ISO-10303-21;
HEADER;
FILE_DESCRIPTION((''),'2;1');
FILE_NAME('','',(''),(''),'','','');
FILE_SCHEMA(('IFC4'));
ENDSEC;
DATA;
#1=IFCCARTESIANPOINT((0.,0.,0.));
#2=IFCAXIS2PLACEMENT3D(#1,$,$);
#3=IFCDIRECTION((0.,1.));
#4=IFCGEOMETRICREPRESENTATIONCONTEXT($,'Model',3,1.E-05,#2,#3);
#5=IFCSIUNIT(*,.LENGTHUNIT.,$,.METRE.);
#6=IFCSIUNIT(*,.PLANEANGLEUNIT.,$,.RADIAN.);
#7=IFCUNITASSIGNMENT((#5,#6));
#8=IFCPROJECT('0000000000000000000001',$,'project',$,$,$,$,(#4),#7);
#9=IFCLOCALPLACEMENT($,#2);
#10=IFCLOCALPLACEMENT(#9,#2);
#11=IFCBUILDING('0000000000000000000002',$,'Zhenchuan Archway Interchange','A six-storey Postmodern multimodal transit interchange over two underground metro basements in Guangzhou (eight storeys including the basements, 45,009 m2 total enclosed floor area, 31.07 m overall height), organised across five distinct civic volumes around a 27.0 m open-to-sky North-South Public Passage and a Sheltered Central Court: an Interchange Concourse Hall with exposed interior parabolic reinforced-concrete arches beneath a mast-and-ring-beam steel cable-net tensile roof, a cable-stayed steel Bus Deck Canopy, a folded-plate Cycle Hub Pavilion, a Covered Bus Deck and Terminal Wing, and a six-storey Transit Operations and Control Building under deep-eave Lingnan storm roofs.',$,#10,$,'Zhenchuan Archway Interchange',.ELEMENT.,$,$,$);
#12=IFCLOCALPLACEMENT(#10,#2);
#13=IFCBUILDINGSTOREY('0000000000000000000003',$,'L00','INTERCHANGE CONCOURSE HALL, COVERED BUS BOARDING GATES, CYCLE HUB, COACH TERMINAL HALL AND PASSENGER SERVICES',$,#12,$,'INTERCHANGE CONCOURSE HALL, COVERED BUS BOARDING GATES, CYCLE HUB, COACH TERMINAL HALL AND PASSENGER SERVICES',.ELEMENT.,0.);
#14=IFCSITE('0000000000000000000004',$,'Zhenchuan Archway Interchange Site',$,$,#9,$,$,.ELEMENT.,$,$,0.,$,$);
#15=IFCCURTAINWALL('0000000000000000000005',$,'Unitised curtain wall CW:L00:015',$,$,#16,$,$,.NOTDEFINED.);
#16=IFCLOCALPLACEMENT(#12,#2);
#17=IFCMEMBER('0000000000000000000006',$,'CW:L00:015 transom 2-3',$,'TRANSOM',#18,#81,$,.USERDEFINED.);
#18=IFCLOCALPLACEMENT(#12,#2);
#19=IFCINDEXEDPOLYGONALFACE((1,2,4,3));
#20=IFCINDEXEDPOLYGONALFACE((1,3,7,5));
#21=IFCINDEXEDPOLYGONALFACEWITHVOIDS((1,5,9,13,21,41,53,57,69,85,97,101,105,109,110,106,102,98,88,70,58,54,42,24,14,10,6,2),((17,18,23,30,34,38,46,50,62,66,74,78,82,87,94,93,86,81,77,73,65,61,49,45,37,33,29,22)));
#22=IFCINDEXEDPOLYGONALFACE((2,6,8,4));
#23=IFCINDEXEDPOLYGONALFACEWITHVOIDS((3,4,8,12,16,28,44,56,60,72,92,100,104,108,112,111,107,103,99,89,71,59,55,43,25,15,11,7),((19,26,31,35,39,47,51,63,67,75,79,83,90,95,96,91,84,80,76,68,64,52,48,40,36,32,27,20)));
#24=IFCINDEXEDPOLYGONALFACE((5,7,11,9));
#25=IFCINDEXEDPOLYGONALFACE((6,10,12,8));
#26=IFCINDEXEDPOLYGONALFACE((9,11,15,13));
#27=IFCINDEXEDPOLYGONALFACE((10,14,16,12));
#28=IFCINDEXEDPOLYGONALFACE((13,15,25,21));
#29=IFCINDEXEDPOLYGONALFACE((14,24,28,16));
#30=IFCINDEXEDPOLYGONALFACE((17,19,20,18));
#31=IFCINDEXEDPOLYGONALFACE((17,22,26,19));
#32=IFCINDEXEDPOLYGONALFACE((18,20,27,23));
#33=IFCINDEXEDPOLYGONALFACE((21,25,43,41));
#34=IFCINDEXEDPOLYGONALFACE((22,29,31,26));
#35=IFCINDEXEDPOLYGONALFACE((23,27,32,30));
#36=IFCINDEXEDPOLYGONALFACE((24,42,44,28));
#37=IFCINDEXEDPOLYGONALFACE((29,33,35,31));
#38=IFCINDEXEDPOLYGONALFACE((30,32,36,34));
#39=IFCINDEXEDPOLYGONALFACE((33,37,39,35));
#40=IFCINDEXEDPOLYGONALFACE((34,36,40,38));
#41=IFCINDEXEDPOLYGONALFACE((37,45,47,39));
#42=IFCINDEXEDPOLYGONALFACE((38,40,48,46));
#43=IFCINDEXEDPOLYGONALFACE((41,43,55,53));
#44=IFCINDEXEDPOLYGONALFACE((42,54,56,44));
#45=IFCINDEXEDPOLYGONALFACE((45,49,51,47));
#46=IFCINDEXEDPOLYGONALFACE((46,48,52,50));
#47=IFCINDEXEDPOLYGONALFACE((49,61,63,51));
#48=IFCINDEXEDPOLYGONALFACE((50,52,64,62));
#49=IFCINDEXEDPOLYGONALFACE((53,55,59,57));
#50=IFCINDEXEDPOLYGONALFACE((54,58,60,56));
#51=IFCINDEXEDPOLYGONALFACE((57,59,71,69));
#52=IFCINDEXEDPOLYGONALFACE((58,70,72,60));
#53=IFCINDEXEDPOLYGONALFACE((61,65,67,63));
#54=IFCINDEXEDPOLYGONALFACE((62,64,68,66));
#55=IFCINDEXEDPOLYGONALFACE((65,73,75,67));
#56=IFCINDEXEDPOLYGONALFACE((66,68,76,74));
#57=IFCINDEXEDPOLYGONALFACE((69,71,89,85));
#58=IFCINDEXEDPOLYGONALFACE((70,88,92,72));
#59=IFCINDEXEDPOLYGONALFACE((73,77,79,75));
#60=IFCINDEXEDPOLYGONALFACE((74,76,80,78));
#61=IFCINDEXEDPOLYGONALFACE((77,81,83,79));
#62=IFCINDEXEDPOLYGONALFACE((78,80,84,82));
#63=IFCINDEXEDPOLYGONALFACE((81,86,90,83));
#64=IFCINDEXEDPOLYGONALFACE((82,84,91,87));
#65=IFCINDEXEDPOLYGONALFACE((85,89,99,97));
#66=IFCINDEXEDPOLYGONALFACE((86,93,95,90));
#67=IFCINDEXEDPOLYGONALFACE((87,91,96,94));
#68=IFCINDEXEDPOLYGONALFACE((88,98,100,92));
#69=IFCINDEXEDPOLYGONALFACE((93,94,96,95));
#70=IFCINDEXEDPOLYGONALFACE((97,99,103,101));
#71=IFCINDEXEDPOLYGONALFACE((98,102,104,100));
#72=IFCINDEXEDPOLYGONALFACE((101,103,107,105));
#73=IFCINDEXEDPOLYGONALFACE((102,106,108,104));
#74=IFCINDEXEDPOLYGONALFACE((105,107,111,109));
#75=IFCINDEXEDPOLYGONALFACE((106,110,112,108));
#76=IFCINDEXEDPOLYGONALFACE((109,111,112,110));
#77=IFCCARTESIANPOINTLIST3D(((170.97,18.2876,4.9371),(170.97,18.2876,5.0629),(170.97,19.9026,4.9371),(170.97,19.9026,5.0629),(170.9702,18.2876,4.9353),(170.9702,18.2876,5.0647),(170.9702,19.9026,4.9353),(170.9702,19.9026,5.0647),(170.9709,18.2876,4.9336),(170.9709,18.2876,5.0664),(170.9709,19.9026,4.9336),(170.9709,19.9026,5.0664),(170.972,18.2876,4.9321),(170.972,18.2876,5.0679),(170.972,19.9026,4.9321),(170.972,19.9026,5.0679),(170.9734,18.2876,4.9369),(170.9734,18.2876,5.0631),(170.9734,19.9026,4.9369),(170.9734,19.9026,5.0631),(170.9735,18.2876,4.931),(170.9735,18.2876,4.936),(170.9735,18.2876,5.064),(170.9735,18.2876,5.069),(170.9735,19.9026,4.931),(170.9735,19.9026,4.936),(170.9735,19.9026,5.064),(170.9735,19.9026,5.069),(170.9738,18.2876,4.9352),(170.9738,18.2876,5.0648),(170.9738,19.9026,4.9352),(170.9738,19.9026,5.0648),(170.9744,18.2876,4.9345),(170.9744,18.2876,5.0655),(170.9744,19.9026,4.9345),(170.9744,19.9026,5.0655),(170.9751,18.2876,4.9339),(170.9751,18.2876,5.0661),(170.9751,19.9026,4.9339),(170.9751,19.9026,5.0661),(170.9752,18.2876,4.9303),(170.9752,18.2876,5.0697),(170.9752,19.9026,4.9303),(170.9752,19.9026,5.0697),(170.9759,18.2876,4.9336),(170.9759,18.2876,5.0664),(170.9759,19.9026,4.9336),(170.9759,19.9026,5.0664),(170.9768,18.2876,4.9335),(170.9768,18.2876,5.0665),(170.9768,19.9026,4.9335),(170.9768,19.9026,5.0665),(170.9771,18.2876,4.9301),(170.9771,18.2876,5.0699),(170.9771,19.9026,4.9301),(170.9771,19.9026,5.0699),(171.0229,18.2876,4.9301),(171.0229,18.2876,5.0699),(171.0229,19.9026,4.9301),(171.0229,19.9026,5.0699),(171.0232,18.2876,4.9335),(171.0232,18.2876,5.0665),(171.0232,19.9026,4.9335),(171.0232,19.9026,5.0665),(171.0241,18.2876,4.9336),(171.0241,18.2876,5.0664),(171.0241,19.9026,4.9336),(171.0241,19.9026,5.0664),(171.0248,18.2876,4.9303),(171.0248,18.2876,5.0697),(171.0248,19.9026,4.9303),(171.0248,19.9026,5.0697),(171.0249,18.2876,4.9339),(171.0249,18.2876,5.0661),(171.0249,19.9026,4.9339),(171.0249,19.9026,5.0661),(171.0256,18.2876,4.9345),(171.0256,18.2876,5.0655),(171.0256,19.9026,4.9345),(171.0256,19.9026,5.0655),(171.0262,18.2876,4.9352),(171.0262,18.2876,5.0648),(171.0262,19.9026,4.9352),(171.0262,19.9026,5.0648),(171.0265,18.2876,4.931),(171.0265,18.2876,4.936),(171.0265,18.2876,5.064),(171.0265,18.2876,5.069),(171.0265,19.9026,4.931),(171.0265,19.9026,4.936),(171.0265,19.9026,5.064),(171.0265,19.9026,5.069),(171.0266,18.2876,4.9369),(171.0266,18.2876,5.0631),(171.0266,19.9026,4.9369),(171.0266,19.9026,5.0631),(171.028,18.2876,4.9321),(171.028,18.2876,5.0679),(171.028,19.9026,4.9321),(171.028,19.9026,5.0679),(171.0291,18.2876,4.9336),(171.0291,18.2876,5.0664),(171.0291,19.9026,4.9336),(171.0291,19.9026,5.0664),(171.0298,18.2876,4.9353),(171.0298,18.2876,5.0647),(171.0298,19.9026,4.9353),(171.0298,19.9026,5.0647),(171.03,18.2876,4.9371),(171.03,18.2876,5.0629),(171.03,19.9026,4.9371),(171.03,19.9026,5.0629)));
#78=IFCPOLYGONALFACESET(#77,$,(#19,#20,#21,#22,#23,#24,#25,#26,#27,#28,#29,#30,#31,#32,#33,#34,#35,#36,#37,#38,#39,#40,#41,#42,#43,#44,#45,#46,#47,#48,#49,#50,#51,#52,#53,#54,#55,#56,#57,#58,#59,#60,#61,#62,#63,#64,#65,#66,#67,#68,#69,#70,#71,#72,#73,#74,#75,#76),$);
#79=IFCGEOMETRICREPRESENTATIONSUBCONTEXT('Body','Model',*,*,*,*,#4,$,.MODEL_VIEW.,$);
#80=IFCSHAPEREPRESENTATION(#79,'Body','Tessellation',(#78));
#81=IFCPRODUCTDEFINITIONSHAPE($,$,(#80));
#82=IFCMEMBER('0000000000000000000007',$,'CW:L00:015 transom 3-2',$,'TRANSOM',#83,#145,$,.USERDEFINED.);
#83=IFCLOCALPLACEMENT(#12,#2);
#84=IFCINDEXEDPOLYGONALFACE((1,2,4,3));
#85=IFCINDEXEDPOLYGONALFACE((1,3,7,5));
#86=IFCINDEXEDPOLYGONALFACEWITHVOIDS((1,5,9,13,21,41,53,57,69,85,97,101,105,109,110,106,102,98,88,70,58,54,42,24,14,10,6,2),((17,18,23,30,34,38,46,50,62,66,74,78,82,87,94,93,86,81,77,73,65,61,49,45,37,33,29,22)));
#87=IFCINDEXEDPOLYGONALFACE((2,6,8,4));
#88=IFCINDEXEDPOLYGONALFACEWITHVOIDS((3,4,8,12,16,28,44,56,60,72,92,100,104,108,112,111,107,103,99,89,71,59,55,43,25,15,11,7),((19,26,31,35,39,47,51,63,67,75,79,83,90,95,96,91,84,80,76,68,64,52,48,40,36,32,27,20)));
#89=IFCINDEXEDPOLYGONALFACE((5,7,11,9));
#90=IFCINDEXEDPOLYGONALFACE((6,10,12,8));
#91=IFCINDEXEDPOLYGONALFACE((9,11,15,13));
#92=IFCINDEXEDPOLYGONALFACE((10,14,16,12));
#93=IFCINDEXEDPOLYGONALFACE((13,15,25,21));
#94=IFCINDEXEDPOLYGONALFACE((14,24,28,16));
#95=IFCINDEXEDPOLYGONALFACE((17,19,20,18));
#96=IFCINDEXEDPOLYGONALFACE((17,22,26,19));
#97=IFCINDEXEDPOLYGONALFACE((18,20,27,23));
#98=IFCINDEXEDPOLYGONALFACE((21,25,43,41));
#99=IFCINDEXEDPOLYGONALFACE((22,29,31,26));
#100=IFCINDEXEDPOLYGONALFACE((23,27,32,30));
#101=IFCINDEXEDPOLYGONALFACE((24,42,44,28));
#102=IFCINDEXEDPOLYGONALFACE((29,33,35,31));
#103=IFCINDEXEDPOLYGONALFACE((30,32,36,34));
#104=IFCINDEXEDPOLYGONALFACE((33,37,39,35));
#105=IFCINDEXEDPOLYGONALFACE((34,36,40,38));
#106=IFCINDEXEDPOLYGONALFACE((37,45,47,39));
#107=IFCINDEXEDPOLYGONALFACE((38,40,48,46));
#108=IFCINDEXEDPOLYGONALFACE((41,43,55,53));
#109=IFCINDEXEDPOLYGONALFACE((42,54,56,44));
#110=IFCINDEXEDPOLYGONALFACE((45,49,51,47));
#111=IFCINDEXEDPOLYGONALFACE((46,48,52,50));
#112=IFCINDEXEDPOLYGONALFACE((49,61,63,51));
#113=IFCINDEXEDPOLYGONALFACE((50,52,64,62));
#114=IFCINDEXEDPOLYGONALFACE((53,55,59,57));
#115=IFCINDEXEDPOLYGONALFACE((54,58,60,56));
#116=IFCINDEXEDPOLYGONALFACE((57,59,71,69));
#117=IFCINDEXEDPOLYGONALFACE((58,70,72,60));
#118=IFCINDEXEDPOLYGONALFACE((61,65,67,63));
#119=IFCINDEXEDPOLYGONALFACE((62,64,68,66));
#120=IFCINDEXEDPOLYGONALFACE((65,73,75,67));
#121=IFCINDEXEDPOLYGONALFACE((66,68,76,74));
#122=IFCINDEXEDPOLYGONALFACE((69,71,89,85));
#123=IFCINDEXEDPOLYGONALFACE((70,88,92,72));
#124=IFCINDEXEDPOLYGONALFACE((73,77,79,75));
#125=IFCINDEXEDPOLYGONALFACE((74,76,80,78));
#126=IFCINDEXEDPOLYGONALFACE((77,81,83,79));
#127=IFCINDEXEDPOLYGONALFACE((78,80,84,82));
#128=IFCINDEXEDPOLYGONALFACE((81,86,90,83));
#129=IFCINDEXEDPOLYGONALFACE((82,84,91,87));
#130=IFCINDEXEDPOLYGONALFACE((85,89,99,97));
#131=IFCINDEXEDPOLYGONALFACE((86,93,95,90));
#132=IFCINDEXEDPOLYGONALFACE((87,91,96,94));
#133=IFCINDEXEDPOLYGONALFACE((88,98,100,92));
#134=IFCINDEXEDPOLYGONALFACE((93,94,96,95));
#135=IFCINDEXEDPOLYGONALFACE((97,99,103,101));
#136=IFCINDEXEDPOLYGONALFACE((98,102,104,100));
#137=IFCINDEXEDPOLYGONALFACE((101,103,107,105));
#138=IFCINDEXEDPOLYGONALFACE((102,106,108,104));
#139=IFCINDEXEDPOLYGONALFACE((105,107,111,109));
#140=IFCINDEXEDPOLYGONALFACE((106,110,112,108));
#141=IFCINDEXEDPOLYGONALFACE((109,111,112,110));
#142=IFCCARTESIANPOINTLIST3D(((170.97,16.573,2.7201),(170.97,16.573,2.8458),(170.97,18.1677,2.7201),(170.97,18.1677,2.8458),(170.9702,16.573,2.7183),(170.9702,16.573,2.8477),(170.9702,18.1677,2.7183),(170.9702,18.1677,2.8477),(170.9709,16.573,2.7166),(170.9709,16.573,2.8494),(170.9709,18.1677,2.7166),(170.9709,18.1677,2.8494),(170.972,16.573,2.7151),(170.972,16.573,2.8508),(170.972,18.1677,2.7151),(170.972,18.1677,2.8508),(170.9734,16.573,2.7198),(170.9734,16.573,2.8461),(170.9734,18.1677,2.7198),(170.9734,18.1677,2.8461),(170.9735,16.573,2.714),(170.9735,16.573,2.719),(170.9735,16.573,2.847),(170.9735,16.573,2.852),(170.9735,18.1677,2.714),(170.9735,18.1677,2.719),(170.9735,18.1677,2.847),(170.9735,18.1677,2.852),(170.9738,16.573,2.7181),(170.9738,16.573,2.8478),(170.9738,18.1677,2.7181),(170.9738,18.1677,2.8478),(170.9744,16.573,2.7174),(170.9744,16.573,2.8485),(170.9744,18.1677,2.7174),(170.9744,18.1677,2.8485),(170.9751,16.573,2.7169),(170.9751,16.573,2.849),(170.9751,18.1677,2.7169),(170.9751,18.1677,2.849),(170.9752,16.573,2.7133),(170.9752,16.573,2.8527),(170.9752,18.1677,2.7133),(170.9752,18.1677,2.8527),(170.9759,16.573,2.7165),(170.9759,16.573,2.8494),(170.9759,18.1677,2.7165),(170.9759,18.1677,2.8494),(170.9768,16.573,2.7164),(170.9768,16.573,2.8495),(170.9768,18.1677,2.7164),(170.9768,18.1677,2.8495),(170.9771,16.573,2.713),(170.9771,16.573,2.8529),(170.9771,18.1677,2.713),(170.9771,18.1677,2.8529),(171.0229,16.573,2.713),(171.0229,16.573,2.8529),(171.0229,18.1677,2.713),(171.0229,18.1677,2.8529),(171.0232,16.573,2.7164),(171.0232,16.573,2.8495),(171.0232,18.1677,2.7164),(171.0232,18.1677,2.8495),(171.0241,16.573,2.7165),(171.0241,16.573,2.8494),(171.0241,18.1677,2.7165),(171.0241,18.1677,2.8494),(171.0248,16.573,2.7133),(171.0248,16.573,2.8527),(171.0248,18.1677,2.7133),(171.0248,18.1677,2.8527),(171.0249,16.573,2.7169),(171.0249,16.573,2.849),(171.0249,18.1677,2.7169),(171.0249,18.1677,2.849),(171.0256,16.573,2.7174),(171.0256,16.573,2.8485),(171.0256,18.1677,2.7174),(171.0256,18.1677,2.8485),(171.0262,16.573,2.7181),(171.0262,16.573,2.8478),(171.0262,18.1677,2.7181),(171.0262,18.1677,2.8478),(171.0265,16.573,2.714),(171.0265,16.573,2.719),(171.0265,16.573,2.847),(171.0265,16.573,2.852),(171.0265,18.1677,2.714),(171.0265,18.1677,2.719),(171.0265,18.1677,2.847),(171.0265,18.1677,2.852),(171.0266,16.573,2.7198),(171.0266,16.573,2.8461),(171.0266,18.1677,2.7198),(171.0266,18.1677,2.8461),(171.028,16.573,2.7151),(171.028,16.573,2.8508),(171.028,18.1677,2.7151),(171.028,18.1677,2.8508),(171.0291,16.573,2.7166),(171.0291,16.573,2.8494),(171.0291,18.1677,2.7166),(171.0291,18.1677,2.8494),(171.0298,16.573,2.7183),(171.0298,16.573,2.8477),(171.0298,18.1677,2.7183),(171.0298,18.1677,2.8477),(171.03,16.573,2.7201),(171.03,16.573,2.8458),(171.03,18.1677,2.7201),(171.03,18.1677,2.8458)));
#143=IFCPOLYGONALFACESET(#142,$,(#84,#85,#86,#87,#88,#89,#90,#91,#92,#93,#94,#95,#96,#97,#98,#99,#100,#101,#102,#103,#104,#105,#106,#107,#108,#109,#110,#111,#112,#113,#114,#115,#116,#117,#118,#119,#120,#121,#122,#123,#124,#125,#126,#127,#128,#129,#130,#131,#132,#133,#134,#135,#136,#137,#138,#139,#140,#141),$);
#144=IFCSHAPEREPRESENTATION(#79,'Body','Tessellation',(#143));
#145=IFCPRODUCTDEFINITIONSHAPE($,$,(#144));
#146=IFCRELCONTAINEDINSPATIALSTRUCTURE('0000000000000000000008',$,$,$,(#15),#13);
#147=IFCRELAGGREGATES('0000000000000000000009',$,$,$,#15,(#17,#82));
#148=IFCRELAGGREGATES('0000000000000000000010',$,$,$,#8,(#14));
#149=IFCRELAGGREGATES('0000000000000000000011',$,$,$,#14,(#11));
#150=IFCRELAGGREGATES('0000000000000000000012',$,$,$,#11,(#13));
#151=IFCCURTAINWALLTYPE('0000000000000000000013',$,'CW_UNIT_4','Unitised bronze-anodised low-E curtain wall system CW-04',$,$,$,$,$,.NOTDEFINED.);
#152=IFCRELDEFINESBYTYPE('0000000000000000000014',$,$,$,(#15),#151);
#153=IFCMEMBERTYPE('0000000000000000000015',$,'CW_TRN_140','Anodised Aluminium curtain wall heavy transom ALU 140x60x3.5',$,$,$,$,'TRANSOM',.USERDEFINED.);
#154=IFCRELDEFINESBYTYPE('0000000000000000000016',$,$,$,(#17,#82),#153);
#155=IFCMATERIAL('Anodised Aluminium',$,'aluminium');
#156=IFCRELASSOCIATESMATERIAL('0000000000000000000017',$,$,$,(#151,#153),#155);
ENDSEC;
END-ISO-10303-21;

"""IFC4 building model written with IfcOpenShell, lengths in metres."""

from ifc_helpers import new_model, si_unit, direction, frame, origin, origin_2d, place, context, subcontext, project, spatial, hollow_rectangle, extrude, material, material_profile, profile_set, type_object, element, aggregate, save


model = new_model("IFC4")

# Units and contexts
model_context = context("Model", 3, precision=1e-05, world=origin(), true_north=direction((0.0, 1.0)))
body_context = subcontext(model_context, "Body", "Model", "MODEL_VIEW")
ifc_project = project(units=[si_unit("LENGTHUNIT", "METRE"), si_unit("PLANEANGLEUNIT", "RADIAN")], contexts=[model_context])

# Site, building, storey
site_placement = place(None, origin())
site = spatial("IfcSite", under=ifc_project, at=site_placement, Name="Zhenchuan Archway Interchange Site", CompositionType="ELEMENT", RefElevation=0.0)
building_placement = place(site_placement, origin())
building = spatial("IfcBuilding", under=site, at=building_placement, Name="Zhenchuan Archway Interchange", Description="A six-storey Postmodern multimodal transit interchange over two underground metro basements in Guangzhou (eight storeys including the basements, 45,009 m2 total enclosed floor area, 31.07 m overall height), organised across five distinct civic volumes around a 27.0 m open-to-sky North-South Public Passage and a Sheltered Central Court: an Interchange Concourse Hall with exposed interior parabolic reinforced-concrete arches beneath a mast-and-ring-beam steel cable-net tensile roof, a cable-stayed steel Bus Deck Canopy, a folded-plate Cycle Hub Pavilion, a Covered Bus Deck and Terminal Wing, and a six-storey Transit Operations and Control Building under deep-eave Lingnan storm roofs.", LongName="Zhenchuan Archway Interchange", CompositionType="ELEMENT")
storey_placement = place(building_placement, origin())
storey = spatial("IfcBuildingStorey", under=building, at=storey_placement, Name="L00", Description="INTERCHANGE CONCOURSE HALL, COVERED BUS BOARDING GATES, CYCLE HUB, COACH TERMINAL HALL AND PASSENGER SERVICES", LongName="INTERCHANGE CONCOURSE HALL, COVERED BUS BOARDING GATES, CYCLE HUB, COACH TERMINAL HALL AND PASSENGER SERVICES", CompositionType="ELEMENT", Elevation=0.0)

# Curtain wall, members
ifc_material_1 = material(Name="Anodised Aluminium", Category="aluminium")
curtain_wall_type = type_object("IfcCurtainWallType", Name="CW_UNIT_4", Description="Unitised bronze-anodised low-E curtain wall system CW-04", PredefinedType="NOTDEFINED", material=ifc_material_1)
curtain_wall_placement = place(storey_placement, origin())
curtain_wall = element("IfcCurtainWall", 1, at=curtain_wall_placement, inside=storey, type_object=curtain_wall_type, Name="Unitised curtain wall CW:L00:015", PredefinedType="NOTDEFINED")
ifc_material_profile_1 = material_profile(ifc_material_1, hollow_rectangle(XDim=0.0601, YDim=0.1399, WallThickness=0.0034, InnerFilletRadius=0.0034, OuterFilletRadius=0.0071, at=origin_2d()), Name="ALU 140x60x3.5")
ifc_profile_set_1 = profile_set([ifc_material_profile_1], Name="Anodised Aluminium")
member_type_1 = type_object("IfcMemberType", Name="CW_TRN_140", Description="Anodised Aluminium curtain wall heavy transom ALU 140x60x3.5", ElementType="TRANSOM", PredefinedType="USERDEFINED", material=ifc_profile_set_1)
member_1_placement = place(storey_placement, frame((171.0, 19.9026, 5.0), z_axis=(0.0, -1.0, 0.0), x_axis=(1.0, 0.0, 0.0)))
member_1 = element("IfcMember", 2, at=member_1_placement, type_object=member_type_1, Name="CW:L00:015 transom 2-3", ObjectType="TRANSOM", PredefinedType="USERDEFINED", context=body_context, shape_type="SweptSolid", body=[
    extrude(hollow_rectangle(XDim=0.0601, YDim=0.1399, WallThickness=0.0034, InnerFilletRadius=0.0034, OuterFilletRadius=0.0071, at=origin_2d()), origin(), (0.0, 0.0, 1.0), 1.615),
])
member_2_placement = place(storey_placement, frame((171.0, 18.1677, 2.783), z_axis=(0.0, -1.0, 0.0), x_axis=(1.0, 0.0, 0.0)))
member_2 = element("IfcMember", 3, at=member_2_placement, type_object=member_type_1, Name="CW:L00:015 transom 3-2", ObjectType="TRANSOM", PredefinedType="USERDEFINED", context=body_context, shape_type="SweptSolid", body=[
    extrude(hollow_rectangle(XDim=0.0601, YDim=0.1399, WallThickness=0.0034, InnerFilletRadius=0.0034, OuterFilletRadius=0.0071, at=origin_2d()), origin(), (0.0, 0.0, 1.0), 1.5947),
])
aggregate(curtain_wall, [member_1, member_2])

save(model, "model.ifc")
